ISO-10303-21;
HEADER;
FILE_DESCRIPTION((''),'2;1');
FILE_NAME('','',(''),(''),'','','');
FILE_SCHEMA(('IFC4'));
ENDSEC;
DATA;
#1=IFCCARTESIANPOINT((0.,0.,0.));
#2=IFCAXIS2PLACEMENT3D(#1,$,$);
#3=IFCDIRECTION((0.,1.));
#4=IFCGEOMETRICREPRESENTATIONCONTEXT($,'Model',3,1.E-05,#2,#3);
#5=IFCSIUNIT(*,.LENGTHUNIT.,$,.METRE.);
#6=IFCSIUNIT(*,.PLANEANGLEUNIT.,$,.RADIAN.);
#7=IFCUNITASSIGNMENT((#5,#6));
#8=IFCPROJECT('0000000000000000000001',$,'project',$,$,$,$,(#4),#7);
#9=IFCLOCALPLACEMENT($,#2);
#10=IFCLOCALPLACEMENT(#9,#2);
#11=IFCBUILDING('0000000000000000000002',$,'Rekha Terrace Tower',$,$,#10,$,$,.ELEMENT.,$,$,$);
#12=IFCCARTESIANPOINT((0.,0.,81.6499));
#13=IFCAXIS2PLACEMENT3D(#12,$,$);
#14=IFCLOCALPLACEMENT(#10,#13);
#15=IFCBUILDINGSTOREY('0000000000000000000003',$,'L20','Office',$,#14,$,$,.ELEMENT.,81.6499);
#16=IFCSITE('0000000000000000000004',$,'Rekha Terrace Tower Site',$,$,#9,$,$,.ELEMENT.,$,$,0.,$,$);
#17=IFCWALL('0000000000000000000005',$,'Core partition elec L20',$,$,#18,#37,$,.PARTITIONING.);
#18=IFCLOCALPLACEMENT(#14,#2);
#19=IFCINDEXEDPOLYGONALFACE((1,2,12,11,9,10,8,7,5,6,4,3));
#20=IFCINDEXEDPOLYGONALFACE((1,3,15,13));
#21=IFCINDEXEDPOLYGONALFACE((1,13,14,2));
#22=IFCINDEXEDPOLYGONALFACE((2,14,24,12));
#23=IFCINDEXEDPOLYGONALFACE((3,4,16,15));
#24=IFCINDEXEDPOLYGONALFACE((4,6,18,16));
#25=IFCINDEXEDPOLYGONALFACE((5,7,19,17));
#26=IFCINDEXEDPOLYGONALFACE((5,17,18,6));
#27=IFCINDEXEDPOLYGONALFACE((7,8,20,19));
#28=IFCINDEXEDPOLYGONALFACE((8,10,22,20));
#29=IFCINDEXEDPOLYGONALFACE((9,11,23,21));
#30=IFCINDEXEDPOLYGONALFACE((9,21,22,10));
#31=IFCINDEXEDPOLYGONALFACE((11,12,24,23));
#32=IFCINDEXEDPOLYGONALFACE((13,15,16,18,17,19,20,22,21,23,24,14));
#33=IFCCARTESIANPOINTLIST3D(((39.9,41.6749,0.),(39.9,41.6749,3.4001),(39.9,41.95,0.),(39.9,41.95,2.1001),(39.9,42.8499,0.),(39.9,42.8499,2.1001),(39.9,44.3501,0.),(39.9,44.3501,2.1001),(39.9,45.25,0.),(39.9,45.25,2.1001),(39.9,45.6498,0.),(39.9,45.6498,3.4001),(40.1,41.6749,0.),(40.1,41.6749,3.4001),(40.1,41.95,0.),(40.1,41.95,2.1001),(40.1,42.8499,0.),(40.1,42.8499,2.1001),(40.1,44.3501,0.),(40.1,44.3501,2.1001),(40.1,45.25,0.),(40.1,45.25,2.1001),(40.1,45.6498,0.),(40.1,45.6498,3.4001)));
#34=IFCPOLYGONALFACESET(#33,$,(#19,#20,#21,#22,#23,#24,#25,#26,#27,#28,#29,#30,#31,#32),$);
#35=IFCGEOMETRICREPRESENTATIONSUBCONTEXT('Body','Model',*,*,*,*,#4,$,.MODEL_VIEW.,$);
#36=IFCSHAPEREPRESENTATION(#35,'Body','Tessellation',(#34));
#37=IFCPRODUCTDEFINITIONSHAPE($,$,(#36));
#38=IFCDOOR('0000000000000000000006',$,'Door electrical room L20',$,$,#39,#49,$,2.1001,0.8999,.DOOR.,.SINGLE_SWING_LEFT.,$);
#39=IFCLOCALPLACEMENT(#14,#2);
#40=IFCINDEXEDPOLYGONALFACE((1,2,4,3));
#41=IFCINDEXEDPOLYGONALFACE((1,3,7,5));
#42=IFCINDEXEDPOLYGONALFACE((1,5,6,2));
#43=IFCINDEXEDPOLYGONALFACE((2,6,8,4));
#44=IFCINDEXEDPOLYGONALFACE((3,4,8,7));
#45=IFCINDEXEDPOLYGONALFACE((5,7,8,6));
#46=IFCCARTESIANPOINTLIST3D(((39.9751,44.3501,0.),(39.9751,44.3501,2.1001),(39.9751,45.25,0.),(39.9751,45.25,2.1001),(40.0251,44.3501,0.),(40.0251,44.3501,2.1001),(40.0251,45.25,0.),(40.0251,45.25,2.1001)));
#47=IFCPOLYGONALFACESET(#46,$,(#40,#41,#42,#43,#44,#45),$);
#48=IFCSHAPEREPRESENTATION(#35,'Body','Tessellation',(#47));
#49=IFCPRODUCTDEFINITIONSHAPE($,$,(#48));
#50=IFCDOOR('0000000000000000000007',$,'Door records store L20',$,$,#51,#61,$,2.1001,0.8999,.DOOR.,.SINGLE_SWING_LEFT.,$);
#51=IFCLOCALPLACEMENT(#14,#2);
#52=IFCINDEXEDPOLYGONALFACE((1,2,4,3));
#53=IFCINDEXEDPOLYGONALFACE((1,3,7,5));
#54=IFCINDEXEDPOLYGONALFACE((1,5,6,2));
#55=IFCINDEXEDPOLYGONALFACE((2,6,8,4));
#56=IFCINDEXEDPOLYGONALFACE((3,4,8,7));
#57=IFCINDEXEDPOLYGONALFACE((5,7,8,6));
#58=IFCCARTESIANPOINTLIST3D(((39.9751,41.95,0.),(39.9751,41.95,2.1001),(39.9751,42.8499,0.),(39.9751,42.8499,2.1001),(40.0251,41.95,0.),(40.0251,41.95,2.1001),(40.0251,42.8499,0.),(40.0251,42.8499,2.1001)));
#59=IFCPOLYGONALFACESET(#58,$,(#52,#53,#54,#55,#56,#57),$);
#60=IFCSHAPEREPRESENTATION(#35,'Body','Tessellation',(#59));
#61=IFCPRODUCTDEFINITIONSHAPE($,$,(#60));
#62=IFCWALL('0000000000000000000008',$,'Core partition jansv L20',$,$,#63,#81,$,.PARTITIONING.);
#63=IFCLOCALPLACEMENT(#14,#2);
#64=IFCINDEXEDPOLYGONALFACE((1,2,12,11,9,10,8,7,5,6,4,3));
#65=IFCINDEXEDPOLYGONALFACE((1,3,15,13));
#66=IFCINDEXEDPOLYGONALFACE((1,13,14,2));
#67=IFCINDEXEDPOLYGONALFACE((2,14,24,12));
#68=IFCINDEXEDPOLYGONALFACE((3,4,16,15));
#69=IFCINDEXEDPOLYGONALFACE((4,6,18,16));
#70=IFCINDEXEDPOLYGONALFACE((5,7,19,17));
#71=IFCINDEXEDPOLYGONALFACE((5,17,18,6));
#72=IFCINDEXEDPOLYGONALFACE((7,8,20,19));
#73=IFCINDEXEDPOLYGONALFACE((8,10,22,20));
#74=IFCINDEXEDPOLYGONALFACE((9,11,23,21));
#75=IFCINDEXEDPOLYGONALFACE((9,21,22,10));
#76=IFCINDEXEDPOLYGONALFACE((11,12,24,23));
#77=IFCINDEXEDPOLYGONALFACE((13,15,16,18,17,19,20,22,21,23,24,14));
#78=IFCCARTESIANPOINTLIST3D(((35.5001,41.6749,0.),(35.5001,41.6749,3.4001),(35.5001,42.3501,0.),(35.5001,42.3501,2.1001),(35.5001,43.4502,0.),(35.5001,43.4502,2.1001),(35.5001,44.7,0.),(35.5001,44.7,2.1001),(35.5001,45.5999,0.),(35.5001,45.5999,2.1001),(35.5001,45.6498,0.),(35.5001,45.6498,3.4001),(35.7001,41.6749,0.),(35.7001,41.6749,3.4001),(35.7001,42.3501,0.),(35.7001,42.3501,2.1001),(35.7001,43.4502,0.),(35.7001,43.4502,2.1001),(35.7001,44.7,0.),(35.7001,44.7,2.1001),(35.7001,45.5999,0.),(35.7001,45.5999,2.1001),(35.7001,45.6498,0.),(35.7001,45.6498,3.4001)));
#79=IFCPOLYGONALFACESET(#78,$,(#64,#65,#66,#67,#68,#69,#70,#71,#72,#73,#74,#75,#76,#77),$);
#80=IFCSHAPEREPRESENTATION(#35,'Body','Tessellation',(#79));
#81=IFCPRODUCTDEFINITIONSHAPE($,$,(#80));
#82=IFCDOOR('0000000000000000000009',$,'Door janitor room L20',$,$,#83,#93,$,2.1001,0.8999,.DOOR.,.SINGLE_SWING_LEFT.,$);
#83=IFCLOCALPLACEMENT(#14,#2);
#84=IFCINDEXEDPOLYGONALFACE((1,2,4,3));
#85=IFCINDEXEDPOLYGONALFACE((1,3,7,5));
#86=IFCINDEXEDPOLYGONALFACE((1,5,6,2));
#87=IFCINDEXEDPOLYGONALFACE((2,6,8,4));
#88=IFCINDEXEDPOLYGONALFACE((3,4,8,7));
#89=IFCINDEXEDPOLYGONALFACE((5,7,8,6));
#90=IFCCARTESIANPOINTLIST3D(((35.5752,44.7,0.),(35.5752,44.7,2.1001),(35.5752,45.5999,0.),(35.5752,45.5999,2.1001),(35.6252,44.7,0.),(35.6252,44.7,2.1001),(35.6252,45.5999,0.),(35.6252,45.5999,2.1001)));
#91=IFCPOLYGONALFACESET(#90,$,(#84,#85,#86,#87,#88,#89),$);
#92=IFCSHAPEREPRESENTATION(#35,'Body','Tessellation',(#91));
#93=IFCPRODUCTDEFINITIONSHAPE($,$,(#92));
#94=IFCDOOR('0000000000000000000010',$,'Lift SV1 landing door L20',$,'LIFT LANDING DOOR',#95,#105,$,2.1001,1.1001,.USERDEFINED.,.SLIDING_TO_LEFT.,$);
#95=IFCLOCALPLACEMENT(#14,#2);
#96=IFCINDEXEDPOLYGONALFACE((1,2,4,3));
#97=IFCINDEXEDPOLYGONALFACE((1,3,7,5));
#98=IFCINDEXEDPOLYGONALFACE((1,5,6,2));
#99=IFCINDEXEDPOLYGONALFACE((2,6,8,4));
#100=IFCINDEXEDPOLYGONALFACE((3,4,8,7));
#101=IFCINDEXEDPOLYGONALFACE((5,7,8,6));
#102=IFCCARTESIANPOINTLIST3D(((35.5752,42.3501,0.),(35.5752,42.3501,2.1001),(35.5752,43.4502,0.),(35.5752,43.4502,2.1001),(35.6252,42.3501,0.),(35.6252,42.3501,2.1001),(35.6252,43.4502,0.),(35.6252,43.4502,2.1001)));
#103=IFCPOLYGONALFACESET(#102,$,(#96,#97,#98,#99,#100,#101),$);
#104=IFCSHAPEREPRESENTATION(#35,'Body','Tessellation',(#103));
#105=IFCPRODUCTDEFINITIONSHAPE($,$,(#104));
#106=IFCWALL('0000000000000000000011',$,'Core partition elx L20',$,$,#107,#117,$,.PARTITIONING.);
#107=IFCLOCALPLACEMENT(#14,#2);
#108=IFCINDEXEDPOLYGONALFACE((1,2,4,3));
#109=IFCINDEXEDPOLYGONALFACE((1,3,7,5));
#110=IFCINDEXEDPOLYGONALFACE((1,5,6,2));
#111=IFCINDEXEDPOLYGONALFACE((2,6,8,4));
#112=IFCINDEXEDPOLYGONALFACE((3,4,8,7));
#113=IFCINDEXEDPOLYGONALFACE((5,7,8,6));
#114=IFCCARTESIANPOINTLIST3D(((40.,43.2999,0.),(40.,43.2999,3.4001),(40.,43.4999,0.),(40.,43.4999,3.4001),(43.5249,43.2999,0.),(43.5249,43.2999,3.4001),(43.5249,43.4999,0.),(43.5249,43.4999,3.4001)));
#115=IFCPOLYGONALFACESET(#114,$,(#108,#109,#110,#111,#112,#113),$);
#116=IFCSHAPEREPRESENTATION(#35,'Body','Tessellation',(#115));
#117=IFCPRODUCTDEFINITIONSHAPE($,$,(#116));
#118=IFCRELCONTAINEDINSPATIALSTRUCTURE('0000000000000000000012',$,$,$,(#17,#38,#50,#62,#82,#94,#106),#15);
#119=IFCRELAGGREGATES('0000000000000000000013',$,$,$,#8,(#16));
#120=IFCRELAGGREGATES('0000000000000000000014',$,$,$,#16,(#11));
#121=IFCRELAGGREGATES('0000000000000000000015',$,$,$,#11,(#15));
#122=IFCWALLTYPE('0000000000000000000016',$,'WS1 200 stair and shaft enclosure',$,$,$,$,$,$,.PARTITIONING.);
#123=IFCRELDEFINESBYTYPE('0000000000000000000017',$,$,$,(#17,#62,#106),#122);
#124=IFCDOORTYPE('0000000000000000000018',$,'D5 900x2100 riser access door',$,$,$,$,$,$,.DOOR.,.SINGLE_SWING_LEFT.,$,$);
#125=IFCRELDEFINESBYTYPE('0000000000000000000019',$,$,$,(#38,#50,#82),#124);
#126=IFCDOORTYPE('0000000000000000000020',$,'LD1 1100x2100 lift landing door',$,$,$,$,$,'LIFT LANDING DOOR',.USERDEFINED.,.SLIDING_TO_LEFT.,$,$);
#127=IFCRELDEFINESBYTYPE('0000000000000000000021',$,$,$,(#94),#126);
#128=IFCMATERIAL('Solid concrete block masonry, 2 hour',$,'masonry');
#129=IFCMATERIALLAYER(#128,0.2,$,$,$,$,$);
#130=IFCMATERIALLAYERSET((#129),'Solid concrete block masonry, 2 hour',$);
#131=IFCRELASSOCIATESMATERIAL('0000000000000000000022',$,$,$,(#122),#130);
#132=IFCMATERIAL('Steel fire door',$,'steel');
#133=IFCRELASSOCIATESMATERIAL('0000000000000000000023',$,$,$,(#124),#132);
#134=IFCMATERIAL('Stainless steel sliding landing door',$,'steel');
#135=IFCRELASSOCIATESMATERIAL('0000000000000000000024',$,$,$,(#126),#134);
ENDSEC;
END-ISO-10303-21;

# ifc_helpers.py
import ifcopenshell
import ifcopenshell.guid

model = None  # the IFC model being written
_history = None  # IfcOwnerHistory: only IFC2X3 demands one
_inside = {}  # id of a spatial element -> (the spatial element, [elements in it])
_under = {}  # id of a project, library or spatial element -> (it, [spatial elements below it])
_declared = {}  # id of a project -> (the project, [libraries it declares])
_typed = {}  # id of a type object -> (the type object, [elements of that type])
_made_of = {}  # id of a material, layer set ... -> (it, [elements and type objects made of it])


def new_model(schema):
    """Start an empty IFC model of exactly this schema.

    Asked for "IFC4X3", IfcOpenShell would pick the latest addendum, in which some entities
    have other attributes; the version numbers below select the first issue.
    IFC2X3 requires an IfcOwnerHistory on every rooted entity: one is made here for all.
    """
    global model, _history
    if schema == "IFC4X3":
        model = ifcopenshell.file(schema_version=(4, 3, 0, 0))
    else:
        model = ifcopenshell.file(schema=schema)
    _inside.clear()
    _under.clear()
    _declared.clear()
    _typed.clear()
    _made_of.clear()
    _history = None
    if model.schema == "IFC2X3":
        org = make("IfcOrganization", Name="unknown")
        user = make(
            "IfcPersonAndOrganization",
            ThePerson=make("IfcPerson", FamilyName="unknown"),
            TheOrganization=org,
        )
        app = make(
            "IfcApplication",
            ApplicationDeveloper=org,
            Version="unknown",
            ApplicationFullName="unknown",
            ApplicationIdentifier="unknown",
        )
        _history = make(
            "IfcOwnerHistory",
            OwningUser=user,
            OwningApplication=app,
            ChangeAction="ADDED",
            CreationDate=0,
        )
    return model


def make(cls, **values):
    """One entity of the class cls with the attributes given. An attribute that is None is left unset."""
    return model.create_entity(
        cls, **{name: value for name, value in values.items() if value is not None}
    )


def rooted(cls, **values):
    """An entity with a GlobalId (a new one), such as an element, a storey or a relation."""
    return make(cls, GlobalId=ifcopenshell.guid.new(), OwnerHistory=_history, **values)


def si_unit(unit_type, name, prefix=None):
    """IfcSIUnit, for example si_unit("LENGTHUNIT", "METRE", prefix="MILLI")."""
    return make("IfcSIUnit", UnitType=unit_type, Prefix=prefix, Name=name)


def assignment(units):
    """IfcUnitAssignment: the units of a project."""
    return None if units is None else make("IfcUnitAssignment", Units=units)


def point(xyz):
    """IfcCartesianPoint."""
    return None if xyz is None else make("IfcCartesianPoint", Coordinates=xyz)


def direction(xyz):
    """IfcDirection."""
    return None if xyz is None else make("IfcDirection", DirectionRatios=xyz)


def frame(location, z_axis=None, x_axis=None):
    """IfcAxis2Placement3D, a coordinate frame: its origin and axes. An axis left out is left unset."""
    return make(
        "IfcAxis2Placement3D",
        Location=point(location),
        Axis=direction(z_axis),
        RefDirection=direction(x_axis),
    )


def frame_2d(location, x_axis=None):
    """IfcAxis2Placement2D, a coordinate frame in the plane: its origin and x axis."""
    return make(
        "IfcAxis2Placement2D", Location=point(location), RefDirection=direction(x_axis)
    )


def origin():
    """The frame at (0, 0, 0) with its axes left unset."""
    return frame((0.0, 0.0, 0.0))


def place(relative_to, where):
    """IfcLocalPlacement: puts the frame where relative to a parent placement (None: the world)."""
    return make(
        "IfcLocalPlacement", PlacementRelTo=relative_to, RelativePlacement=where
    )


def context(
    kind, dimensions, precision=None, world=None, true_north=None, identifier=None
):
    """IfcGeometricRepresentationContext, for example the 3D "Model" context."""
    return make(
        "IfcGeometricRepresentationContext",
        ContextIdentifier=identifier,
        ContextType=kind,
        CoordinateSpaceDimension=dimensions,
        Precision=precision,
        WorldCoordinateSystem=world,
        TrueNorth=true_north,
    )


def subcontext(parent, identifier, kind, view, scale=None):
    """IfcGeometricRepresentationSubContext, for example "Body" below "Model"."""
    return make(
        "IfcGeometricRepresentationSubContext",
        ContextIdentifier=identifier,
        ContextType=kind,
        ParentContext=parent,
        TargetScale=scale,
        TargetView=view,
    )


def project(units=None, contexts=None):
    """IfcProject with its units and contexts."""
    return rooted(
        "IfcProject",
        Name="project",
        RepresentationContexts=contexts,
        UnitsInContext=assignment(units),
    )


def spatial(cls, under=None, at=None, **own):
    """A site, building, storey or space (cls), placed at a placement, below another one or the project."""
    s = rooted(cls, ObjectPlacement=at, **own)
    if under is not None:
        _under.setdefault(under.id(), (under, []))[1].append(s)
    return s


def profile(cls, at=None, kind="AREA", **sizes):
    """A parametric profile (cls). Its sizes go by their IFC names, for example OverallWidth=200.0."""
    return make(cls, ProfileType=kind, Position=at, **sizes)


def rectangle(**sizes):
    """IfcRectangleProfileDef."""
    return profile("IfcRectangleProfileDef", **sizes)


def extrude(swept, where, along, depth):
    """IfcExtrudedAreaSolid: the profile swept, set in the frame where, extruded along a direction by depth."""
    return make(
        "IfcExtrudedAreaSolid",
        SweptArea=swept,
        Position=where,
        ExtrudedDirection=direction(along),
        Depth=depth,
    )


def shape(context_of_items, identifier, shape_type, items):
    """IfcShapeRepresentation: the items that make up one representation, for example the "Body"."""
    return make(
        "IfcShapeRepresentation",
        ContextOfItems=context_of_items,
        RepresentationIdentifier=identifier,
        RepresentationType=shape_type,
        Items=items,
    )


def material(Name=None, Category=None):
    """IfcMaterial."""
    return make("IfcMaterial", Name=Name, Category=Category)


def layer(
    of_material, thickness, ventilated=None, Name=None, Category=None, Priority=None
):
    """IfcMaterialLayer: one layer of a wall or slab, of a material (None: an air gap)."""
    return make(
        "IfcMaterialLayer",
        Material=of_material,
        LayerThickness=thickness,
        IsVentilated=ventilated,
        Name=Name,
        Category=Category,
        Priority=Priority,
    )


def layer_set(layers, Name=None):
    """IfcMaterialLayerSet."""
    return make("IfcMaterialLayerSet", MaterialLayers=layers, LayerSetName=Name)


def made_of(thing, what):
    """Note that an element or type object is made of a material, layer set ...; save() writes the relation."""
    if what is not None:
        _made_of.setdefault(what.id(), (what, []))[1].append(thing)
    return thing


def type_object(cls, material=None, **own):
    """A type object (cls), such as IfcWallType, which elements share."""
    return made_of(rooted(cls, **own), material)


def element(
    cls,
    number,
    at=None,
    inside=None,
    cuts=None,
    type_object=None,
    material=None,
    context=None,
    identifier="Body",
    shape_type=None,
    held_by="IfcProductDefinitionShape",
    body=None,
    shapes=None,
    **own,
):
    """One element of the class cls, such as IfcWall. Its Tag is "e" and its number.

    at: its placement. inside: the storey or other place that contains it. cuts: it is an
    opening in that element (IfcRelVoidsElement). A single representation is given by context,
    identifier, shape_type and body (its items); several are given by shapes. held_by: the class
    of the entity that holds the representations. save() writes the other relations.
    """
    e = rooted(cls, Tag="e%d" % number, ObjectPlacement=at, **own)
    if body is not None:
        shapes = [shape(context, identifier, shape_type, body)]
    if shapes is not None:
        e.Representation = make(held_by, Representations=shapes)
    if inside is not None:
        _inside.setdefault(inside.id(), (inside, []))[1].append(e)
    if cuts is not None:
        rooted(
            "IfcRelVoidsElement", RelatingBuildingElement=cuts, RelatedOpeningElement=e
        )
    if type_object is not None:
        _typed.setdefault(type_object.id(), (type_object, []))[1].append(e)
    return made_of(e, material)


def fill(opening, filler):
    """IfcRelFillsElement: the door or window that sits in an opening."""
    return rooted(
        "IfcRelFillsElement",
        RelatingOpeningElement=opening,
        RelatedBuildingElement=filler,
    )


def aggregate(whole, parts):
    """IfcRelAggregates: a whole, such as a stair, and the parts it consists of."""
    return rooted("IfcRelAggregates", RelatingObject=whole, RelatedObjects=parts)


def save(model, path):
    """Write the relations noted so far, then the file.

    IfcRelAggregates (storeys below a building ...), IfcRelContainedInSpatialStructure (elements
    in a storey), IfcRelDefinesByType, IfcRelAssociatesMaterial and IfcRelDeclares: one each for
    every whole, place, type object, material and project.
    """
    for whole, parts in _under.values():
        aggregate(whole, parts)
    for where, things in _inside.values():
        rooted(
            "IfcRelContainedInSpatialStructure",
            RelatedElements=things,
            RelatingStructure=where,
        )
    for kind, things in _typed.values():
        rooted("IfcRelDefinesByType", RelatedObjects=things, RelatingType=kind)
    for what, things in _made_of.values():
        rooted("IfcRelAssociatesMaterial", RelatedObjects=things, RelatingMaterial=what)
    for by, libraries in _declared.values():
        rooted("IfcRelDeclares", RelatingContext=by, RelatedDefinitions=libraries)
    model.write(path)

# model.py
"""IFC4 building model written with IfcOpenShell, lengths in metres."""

from ifc_helpers import new_model, si_unit, direction, frame, frame_2d, origin, place, context, subcontext, project, spatial, rectangle, extrude, material, layer, layer_set, type_object, element, fill, save


model = new_model("IFC4")

# Units and contexts
model_context = context("Model", 3, precision=1e-05, world=origin(), true_north=direction((0.0, 1.0)))
body_context = subcontext(model_context, "Body", "Model", "MODEL_VIEW")
ifc_project = project(units=[si_unit("LENGTHUNIT", "METRE"), si_unit("PLANEANGLEUNIT", "RADIAN")], contexts=[model_context])

# Site, building, storey
site_placement = place(None, origin())
site = spatial("IfcSite", under=ifc_project, at=site_placement, Name="Rekha Terrace Tower Site", CompositionType="ELEMENT", RefElevation=0.0)
building_placement = place(site_placement, origin())
building = spatial("IfcBuilding", under=site, at=building_placement, Name="Rekha Terrace Tower", CompositionType="ELEMENT")
storey_placement = place(building_placement, frame((0.0, 0.0, 81.6499)))
storey = spatial("IfcBuildingStorey", under=building, at=storey_placement, Name="L20", Description="Office", CompositionType="ELEMENT", Elevation=81.6499)

# Shared definitions
ifc_material_1 = material(Name="Stainless steel sliding landing door", Category="steel")

# Shared definitions
ifc_material_2 = material(Name="Solid concrete block masonry, 2 hour", Category="masonry")
ifc_layer_1 = layer(ifc_material_2, 0.2)
ifc_layer_set_1 = layer_set([ifc_layer_1], Name="Solid concrete block masonry, 2 hour")
wall_type_1 = type_object("IfcWallType", Name="WS1 200 stair and shaft enclosure", PredefinedType="PARTITIONING", material=ifc_layer_set_1)

# Walls, openings, doors
wall_1_placement = place(storey_placement, frame((40.0, 41.675, 0.0), z_axis=(0.0, 0.0, 1.0), x_axis=(0.0, 1.0, 0.0)))
wall_1 = element("IfcWall", 1, at=wall_1_placement, inside=storey, type_object=wall_type_1, Name="Core partition elec L20", PredefinedType="PARTITIONING", context=body_context, shape_type="SweptSolid", body=[
    extrude(rectangle(XDim=3.9749, YDim=0.2, at=frame_2d((1.9873, 0.0))), origin(), (0.0, 0.0, 1.0), 3.4001),
])
opening_1_placement = place(wall_1_placement, frame((2.675, 0.0, 0.0)))
opening_1 = element("IfcOpeningElement", 2, at=opening_1_placement, cuts=wall_1, PredefinedType="OPENING", context=body_context, shape_type="SweptSolid", body=[
    extrude(rectangle(XDim=0.8999, YDim=2.1001, at=frame_2d((0.45, 1.05))), frame((0.0, 0.1099, 0.0), z_axis=(0.0, -1.0, 0.0), x_axis=(1.0, 0.0, 0.0)), (0.0, 0.0, 1.0), 0.22),
])
opening_2_placement = place(wall_1_placement, frame((0.2749, 0.0, 0.0)))
opening_2 = element("IfcOpeningElement", 3, at=opening_2_placement, cuts=wall_1, PredefinedType="OPENING", context=body_context, shape_type="SweptSolid", body=[
    extrude(rectangle(XDim=0.8999, YDim=2.1001, at=frame_2d((0.45, 1.05))), frame((0.0, 0.1099, 0.0), z_axis=(0.0, -1.0, 0.0), x_axis=(1.0, 0.0, 0.0)), (0.0, 0.0, 1.0), 0.22),
])
ifc_material_3 = material(Name="Steel fire door", Category="steel")
door_type_1 = type_object("IfcDoorType", Name="D5 900x2100 riser access door", OperationType="SINGLE_SWING_LEFT", PredefinedType="DOOR", material=ifc_material_3)
door_1_placement = place(opening_1_placement, origin())
door_1 = element("IfcDoor", 4, at=door_1_placement, inside=storey, type_object=door_type_1, Name="Door electrical room L20", OperationType="SINGLE_SWING_LEFT", OverallHeight=2.1001, OverallWidth=0.8999, PredefinedType="DOOR", context=body_context, shape_type="SweptSolid", body=[
    extrude(rectangle(XDim=0.8999, YDim=2.1001, at=frame_2d((0.45, 1.05))), frame((0.0, 0.0249, 0.0), z_axis=(0.0, -1.0, 0.0), x_axis=(1.0, 0.0, 0.0)), (0.0, 0.0, 1.0), 0.05),
])
fill(opening_1, door_1)
door_2_placement = place(opening_2_placement, origin())
door_2 = element("IfcDoor", 5, at=door_2_placement, inside=storey, type_object=door_type_1, Name="Door records store L20", OperationType="SINGLE_SWING_LEFT", OverallHeight=2.1001, OverallWidth=0.8999, PredefinedType="DOOR", context=body_context, shape_type="SweptSolid", body=[
    extrude(rectangle(XDim=0.8999, YDim=2.1001, at=frame_2d((0.45, 1.05))), frame((0.0, 0.0249, 0.0), z_axis=(0.0, -1.0, 0.0), x_axis=(1.0, 0.0, 0.0)), (0.0, 0.0, 1.0), 0.05),
])
fill(opening_2, door_2)
wall_2_placement = place(storey_placement, frame((35.6001, 41.675, 0.0), z_axis=(0.0, 0.0, 1.0), x_axis=(0.0, 1.0, 0.0)))
wall_2 = element("IfcWall", 6, at=wall_2_placement, inside=storey, type_object=wall_type_1, Name="Core partition jansv L20", PredefinedType="PARTITIONING", context=body_context, shape_type="SweptSolid", body=[
    extrude(rectangle(XDim=3.9749, YDim=0.2, at=frame_2d((1.9873, 0.0))), origin(), (0.0, 0.0, 1.0), 3.4001),
])
opening_3_placement = place(wall_2_placement, frame((3.0249, 0.0, 0.0)))
opening_3 = element("IfcOpeningElement", 7, at=opening_3_placement, cuts=wall_2, PredefinedType="OPENING", context=body_context, shape_type="SweptSolid", body=[
    extrude(rectangle(XDim=0.8999, YDim=2.1001, at=frame_2d((0.45, 1.05))), frame((0.0, 0.1099, 0.0), z_axis=(0.0, -1.0, 0.0), x_axis=(1.0, 0.0, 0.0)), (0.0, 0.0, 1.0), 0.22),
])
opening_4_placement = place(wall_2_placement, frame((0.675, 0.0, 0.0)))
opening_4 = element("IfcOpeningElement", 8, at=opening_4_placement, cuts=wall_2, PredefinedType="OPENING", context=body_context, shape_type="SweptSolid", body=[
    extrude(rectangle(XDim=1.1001, YDim=2.1001, at=frame_2d((0.55, 1.05))), frame((0.0, 0.1099, 0.0), z_axis=(0.0, -1.0, 0.0), x_axis=(1.0, 0.0, 0.0)), (0.0, 0.0, 1.0), 0.22),
])
door_3_placement = place(opening_3_placement, origin())
door_3 = element("IfcDoor", 9, at=door_3_placement, inside=storey, type_object=door_type_1, Name="Door janitor room L20", OperationType="SINGLE_SWING_LEFT", OverallHeight=2.1001, OverallWidth=0.8999, PredefinedType="DOOR", context=body_context, shape_type="SweptSolid", body=[
    extrude(rectangle(XDim=0.8999, YDim=2.1001, at=frame_2d((0.45, 1.05))), frame((0.0, 0.0249, 0.0), z_axis=(0.0, -1.0, 0.0), x_axis=(1.0, 0.0, 0.0)), (0.0, 0.0, 1.0), 0.05),
])
fill(opening_3, door_3)
door_type_2 = type_object("IfcDoorType", Name="LD1 1100x2100 lift landing door", ElementType="LIFT LANDING DOOR", OperationType="SLIDING_TO_LEFT", PredefinedType="USERDEFINED", material=ifc_material_1)
door_4_placement = place(opening_4_placement, origin())
door_4 = element("IfcDoor", 10, at=door_4_placement, inside=storey, type_object=door_type_2, Name="Lift SV1 landing door L20", ObjectType="LIFT LANDING DOOR", OperationType="SLIDING_TO_LEFT", OverallHeight=2.1001, OverallWidth=1.1001, PredefinedType="USERDEFINED", context=body_context, shape_type="SweptSolid", body=[
    extrude(rectangle(XDim=1.1001, YDim=2.1001, at=frame_2d((0.55, 1.05))), frame((0.0, 0.0249, 0.0), z_axis=(0.0, -1.0, 0.0), x_axis=(1.0, 0.0, 0.0)), (0.0, 0.0, 1.0), 0.05),
])
fill(opening_4, door_4)

# Wall
wall_3_placement = place(storey_placement, frame((40.0, 43.3999, 0.0), z_axis=(0.0, 0.0, 1.0), x_axis=(1.0, 0.0, 0.0)))
element("IfcWall", 11, at=wall_3_placement, inside=storey, type_object=wall_type_1, Name="Core partition elx L20", PredefinedType="PARTITIONING", context=body_context, shape_type="SweptSolid", body=[
    extrude(rectangle(XDim=3.5249, YDim=0.2, at=frame_2d((1.7625, 0.0))), origin(), (0.0, 0.0, 1.0), 3.4001),
])

save(model, "model.ifc")
